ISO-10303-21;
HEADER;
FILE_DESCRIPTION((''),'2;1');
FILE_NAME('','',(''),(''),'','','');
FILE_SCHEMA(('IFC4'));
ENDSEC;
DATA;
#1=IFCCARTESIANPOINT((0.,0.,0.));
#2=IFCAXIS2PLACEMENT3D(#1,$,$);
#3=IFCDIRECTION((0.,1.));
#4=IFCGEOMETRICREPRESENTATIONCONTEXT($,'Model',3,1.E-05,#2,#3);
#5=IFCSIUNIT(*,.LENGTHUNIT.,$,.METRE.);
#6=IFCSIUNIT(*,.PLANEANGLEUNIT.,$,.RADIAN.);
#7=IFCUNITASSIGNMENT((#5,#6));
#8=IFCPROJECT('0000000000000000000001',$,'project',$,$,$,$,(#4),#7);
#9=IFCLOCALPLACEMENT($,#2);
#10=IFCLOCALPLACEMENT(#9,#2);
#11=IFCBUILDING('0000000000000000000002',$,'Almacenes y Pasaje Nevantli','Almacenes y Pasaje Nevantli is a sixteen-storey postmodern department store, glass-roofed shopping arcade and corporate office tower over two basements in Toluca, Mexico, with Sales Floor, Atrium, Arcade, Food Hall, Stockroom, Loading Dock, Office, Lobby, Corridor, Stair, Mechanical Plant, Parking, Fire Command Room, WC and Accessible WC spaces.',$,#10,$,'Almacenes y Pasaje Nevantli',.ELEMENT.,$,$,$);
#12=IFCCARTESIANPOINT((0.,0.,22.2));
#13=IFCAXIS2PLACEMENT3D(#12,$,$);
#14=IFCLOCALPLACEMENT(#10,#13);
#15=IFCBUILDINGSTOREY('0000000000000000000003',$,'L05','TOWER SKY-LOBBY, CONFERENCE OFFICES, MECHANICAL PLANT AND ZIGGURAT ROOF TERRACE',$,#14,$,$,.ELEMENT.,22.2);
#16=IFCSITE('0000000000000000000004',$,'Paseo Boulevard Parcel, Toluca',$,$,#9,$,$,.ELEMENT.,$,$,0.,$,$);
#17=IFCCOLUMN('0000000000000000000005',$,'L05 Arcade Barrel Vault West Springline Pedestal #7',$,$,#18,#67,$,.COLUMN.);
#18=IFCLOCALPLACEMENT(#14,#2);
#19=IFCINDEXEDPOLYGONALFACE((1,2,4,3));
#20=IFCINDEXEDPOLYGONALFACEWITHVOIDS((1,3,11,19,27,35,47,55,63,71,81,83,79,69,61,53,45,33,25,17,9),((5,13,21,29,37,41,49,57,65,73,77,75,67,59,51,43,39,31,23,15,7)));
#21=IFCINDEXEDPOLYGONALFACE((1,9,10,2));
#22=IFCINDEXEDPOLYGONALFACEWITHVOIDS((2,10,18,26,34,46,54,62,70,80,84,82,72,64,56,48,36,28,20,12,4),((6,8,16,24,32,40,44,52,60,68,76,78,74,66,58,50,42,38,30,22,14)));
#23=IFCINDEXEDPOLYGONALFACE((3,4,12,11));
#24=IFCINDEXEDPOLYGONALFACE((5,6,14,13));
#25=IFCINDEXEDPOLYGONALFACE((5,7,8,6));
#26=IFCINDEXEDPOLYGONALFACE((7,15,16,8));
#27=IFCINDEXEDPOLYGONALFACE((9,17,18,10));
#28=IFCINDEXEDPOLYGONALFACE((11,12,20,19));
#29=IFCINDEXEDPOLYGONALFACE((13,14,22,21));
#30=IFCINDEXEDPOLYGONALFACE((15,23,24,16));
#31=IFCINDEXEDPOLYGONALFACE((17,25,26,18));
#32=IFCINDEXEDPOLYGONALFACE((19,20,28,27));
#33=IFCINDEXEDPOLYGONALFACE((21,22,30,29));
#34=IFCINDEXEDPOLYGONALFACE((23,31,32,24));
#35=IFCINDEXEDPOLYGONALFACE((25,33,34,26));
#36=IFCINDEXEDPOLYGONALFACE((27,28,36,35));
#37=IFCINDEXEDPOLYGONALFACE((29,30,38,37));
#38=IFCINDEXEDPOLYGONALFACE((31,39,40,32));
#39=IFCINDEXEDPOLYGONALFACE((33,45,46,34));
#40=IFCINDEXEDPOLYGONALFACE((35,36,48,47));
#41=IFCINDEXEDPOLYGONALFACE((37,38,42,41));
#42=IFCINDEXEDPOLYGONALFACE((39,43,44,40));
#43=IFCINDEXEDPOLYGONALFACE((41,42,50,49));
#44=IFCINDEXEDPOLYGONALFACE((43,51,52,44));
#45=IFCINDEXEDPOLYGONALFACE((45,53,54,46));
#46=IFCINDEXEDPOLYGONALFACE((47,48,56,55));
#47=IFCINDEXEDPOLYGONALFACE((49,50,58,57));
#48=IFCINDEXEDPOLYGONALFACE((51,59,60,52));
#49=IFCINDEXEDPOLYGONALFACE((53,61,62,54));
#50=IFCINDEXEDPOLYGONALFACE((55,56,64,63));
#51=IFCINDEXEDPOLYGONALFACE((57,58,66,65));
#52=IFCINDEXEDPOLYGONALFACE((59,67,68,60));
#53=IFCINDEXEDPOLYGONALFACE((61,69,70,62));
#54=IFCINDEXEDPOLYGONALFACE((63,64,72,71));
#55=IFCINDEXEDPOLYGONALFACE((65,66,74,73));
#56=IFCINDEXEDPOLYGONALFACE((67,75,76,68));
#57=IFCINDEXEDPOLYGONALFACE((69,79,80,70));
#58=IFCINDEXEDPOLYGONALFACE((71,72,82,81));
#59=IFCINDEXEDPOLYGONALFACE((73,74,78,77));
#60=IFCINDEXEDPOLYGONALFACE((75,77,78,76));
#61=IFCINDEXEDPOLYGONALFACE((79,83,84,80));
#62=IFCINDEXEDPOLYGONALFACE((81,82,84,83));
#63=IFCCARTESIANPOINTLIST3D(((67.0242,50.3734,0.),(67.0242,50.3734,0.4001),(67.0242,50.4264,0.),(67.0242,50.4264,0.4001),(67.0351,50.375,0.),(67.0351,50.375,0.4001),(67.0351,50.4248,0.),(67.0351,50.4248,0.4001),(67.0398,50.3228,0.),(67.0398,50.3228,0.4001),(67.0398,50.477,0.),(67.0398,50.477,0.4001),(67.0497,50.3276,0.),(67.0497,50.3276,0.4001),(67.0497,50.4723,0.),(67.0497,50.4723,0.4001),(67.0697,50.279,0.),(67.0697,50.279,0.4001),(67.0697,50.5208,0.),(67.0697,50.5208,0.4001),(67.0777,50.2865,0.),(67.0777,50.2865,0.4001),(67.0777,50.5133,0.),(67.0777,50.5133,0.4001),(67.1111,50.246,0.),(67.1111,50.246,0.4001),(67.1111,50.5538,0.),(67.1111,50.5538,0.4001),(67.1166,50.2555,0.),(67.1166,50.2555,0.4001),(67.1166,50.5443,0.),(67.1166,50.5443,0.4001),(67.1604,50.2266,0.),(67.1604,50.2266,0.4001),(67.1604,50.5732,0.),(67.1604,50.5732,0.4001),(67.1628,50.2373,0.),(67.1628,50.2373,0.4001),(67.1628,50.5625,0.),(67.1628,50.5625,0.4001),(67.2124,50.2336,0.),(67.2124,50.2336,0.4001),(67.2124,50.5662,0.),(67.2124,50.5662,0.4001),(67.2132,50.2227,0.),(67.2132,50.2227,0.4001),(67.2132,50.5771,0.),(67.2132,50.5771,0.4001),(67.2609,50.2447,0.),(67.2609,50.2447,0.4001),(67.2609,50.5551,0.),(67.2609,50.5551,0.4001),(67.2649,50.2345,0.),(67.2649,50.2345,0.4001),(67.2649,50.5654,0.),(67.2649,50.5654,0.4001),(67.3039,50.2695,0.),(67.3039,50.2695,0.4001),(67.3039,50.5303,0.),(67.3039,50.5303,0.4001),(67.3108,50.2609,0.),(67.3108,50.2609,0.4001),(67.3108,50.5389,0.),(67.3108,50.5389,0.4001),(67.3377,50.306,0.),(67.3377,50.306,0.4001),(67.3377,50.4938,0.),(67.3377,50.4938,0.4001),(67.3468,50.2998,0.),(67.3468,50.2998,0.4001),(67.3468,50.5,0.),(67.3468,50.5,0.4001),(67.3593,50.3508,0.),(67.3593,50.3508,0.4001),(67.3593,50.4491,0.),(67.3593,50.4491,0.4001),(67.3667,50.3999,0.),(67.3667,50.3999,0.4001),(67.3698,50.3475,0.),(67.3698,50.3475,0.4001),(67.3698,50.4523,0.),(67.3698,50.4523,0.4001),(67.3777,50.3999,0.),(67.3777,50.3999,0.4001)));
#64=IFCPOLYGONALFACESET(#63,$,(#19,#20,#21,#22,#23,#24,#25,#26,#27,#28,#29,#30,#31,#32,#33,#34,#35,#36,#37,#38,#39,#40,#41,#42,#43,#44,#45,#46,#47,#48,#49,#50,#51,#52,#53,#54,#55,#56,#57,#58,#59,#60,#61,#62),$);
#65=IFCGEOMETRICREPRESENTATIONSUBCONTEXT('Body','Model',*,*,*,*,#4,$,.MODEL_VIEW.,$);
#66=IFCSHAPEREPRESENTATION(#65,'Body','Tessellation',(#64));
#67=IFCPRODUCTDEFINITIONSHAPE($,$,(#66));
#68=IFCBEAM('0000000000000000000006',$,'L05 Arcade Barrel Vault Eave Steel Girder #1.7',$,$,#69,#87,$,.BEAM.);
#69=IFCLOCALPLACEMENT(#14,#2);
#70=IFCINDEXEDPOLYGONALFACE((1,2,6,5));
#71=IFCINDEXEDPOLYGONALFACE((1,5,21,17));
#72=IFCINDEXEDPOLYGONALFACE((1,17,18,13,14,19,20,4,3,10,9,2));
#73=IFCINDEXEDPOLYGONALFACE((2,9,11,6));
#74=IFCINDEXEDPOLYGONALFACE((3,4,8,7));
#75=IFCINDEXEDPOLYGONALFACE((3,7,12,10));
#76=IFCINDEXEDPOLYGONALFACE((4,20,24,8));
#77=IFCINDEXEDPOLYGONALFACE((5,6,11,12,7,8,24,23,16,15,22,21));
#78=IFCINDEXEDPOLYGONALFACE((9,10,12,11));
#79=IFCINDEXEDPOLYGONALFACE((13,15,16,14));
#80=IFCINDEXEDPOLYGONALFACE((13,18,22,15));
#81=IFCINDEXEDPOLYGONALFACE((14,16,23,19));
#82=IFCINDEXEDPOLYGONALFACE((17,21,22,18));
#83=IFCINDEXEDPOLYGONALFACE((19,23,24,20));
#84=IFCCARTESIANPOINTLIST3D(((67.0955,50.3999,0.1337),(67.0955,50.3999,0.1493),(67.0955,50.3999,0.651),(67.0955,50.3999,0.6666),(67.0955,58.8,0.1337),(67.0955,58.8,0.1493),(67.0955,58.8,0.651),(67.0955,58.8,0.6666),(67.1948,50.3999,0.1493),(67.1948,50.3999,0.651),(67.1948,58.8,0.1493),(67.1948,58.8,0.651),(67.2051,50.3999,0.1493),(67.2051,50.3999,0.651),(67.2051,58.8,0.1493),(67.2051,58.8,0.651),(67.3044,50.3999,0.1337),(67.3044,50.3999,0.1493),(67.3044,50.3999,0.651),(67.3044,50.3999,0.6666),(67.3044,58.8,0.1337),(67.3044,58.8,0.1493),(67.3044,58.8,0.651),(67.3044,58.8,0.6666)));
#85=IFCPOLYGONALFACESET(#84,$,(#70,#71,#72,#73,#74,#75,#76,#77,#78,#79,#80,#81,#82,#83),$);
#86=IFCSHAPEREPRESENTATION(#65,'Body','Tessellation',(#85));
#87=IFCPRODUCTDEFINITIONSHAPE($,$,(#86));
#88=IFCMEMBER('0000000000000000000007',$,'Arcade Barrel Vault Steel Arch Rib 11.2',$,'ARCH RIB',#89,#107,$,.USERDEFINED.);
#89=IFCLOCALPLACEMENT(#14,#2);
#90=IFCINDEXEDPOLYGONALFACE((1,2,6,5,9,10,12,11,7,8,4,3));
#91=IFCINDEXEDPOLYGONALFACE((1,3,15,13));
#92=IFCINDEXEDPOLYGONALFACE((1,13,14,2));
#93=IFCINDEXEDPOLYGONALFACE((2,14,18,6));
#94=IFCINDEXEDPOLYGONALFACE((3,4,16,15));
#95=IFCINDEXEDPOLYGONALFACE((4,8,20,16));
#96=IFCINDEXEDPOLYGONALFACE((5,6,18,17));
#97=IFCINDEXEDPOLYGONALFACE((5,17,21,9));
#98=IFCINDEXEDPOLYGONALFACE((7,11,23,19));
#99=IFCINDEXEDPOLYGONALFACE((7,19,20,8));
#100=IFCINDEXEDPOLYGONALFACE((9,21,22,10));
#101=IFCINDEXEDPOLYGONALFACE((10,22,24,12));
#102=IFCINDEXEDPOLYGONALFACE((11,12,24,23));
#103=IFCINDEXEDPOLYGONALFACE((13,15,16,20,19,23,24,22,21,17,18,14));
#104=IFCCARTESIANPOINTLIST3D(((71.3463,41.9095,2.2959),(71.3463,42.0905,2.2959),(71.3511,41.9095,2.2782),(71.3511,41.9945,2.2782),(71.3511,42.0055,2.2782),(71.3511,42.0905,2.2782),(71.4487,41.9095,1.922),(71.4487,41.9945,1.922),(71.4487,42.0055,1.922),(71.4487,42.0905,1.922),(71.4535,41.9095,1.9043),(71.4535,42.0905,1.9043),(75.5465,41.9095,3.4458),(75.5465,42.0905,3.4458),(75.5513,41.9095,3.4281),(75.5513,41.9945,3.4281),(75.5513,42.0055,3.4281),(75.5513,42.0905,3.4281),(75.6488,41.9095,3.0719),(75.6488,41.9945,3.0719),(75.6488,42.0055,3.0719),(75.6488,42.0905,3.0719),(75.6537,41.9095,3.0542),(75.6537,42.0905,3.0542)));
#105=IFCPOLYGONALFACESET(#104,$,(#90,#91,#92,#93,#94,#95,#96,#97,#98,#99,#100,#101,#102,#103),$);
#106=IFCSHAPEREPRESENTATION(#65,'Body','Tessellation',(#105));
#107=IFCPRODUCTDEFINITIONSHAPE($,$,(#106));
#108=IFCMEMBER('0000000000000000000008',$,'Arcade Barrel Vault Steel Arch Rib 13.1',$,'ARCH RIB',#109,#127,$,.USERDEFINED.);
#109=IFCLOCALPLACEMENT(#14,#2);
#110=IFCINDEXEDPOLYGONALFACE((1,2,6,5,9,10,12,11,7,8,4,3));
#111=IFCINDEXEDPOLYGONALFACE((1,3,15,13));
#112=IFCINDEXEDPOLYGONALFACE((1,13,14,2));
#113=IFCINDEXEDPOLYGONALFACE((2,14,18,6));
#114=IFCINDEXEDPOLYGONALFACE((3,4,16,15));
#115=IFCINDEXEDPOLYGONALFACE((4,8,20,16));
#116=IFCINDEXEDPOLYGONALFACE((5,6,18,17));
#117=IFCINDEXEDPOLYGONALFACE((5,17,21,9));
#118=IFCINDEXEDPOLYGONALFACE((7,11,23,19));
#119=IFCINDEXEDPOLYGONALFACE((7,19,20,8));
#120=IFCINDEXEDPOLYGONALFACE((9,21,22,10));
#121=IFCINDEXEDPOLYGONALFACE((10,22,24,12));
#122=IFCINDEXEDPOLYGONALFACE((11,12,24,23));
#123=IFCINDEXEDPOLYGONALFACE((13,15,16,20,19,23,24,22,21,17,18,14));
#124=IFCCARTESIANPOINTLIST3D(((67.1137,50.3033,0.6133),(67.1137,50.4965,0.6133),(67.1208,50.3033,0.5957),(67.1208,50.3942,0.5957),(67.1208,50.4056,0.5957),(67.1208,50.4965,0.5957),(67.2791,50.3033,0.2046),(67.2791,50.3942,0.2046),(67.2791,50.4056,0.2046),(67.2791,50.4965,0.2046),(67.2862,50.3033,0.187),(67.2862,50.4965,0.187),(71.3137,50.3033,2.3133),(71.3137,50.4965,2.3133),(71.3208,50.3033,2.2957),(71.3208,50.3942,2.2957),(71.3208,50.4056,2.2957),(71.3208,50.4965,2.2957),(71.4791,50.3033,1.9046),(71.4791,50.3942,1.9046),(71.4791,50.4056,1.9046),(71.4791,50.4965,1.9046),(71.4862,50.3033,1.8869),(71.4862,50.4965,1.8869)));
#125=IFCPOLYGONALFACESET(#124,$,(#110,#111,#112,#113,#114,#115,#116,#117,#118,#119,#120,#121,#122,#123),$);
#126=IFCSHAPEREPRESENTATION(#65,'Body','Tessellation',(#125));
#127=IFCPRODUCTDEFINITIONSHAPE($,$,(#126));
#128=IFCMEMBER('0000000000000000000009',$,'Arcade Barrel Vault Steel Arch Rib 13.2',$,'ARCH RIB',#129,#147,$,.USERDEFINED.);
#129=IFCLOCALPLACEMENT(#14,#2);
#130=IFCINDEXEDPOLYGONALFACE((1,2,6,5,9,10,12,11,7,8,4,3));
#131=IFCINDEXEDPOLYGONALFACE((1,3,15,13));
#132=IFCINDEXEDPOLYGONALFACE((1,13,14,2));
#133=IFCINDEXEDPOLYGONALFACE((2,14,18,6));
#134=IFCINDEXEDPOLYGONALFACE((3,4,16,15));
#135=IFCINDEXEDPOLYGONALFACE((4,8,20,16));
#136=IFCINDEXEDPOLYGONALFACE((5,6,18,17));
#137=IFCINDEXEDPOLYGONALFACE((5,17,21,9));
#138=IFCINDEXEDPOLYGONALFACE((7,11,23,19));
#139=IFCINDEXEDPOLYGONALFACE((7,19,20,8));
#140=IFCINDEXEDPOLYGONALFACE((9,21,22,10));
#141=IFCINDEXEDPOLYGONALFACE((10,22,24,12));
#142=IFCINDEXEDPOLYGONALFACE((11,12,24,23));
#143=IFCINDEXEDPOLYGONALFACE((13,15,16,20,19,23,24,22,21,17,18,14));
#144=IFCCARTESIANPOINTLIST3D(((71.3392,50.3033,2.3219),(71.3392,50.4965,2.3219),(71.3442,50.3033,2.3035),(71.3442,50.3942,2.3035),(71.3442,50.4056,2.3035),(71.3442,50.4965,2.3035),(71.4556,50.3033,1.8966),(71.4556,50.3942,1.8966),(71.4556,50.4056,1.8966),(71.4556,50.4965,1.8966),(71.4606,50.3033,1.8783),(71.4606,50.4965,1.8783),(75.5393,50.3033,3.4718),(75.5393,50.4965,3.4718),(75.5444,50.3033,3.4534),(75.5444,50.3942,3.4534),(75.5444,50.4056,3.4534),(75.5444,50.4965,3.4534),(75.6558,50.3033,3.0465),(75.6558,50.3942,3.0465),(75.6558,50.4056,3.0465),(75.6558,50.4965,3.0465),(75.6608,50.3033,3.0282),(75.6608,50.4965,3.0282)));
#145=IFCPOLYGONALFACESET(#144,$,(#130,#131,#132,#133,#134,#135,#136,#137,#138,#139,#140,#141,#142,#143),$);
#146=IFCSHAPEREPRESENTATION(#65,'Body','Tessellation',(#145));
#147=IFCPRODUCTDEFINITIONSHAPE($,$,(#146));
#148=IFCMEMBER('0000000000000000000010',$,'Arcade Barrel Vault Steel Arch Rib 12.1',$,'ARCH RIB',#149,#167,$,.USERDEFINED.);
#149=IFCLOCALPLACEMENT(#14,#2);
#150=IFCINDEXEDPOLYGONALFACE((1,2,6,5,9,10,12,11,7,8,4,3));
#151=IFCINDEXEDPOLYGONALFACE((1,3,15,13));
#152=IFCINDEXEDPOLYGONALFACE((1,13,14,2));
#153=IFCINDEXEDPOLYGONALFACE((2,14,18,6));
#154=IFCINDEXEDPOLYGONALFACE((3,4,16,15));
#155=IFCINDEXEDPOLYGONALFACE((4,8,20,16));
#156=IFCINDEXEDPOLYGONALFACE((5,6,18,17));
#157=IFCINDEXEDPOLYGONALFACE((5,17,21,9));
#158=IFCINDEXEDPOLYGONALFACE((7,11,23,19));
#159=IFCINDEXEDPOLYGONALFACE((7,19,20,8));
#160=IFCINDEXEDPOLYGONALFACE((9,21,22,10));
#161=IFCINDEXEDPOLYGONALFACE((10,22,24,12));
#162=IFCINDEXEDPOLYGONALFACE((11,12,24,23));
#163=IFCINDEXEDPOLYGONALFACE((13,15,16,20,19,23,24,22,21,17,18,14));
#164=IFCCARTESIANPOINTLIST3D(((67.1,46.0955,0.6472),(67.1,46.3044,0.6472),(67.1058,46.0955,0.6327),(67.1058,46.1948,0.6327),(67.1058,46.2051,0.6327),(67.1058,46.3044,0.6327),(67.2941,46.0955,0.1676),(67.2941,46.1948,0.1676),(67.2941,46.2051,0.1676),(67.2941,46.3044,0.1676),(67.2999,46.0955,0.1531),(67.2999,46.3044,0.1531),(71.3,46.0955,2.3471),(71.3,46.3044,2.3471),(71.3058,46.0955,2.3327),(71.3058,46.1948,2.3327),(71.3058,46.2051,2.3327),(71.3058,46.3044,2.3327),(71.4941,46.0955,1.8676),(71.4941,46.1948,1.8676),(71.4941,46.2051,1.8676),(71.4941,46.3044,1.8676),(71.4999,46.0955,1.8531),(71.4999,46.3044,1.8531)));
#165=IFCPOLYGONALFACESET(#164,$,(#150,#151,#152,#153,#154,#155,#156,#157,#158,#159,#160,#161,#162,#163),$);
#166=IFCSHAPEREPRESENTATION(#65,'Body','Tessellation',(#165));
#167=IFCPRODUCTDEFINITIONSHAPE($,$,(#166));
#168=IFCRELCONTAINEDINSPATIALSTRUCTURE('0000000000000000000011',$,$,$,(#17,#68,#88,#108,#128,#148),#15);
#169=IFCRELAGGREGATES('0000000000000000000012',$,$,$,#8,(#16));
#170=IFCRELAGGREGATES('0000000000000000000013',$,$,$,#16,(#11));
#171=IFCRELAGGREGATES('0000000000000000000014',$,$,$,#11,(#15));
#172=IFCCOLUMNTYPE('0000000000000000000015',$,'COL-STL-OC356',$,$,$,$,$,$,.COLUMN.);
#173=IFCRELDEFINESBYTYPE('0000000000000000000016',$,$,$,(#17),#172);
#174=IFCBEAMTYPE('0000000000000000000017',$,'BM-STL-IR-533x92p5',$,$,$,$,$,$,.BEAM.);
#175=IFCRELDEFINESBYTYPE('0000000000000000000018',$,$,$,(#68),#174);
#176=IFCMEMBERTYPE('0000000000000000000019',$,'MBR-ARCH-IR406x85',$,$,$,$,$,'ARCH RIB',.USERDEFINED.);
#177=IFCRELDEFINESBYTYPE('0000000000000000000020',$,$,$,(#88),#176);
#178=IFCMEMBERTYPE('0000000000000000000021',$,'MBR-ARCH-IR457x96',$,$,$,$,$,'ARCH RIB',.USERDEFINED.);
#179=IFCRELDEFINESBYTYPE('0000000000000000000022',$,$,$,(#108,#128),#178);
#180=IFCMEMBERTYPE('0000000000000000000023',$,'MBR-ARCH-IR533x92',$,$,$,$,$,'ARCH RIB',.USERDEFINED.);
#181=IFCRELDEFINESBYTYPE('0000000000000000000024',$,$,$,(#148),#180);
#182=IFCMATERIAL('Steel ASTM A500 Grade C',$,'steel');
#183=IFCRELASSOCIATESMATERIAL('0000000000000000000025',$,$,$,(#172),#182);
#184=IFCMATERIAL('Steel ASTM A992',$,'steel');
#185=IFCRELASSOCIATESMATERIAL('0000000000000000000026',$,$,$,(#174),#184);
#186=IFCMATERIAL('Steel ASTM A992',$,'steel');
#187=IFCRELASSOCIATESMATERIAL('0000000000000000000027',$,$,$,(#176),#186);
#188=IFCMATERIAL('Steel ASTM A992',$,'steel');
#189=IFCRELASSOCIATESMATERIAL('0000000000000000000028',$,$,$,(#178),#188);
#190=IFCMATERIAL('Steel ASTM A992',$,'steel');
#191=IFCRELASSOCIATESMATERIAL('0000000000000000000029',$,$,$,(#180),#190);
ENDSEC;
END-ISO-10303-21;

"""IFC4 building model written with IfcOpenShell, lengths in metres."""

from ifc_helpers import new_model, si_unit, direction, frame, origin, origin_2d, place, context, subcontext, project, spatial, hollow_circle, i_section, extrude, material, material_profile, profile_set, type_object, element, save


model = new_model("IFC4")

# Units and contexts
model_context = context("Model", 3, precision=1e-05, world=origin(), true_north=direction((0.0, 1.0)))
body_context = subcontext(model_context, "Body", "Model", "MODEL_VIEW")
ifc_project = project(units=[si_unit("LENGTHUNIT", "METRE"), si_unit("PLANEANGLEUNIT", "RADIAN")], contexts=[model_context])

# Site, building, storey
site_placement = place(None, origin())
site = spatial("IfcSite", under=ifc_project, at=site_placement, Name="Paseo Boulevard Parcel, Toluca", CompositionType="ELEMENT", RefElevation=0.0)
building_placement = place(site_placement, origin())
building = spatial("IfcBuilding", under=site, at=building_placement, Name="Almacenes y Pasaje Nevantli", Description="Almacenes y Pasaje Nevantli is a sixteen-storey postmodern department store, glass-roofed shopping arcade and corporate office tower over two basements in Toluca, Mexico, with Sales Floor, Atrium, Arcade, Food Hall, Stockroom, Loading Dock, Office, Lobby, Corridor, Stair, Mechanical Plant, Parking, Fire Command Room, WC and Accessible WC spaces.", LongName="Almacenes y Pasaje Nevantli", CompositionType="ELEMENT")
storey_placement = place(building_placement, frame((0.0, 0.0, 22.2)))
storey = spatial("IfcBuildingStorey", under=building, at=storey_placement, Name="L05", Description="TOWER SKY-LOBBY, CONFERENCE OFFICES, MECHANICAL PLANT AND ZIGGURAT ROOF TERRACE", CompositionType="ELEMENT", Elevation=22.2)

# Column
ifc_material_1 = material(Name="Steel ASTM A500 Grade C", Category="steel")
ifc_material_profile_1 = material_profile(ifc_material_1, hollow_circle(Radius=0.1777, WallThickness=0.011, at=origin_2d()), Name="OC 356x11.1")
ifc_profile_set_1 = profile_set([ifc_material_profile_1], Name="Steel ASTM A500 Grade C")
column_type = type_object("IfcColumnType", Name="COL-STL-OC356", PredefinedType="COLUMN", material=ifc_profile_set_1)
column_placement = place(storey_placement, frame((67.2, 50.3999, 0.0), z_axis=(0.0, 0.0, 1.0), x_axis=(1.0, 0.0, 0.0)))
element("IfcColumn", 1, at=column_placement, inside=storey, type_object=column_type, Name="L05 Arcade Barrel Vault West Springline Pedestal #7", PredefinedType="COLUMN", context=body_context, shape_type="SweptSolid", body=[
    extrude(hollow_circle(Radius=0.1777, WallThickness=0.011, at=origin_2d()), origin(), (0.0, 0.0, 1.0), 0.4001),
])

# Beam
ifc_material_2 = material(Name="Steel ASTM A992", Category="steel")
ifc_material_profile_2 = material_profile(ifc_material_2, i_section(OverallWidth=0.209, OverallDepth=0.533, WebThickness=0.0103, FlangeThickness=0.0156, at=origin_2d()), Name="IR 533x92.5")
ifc_profile_set_2 = profile_set([ifc_material_profile_2], Name="Steel ASTM A992")
beam_type = type_object("IfcBeamType", Name="BM-STL-IR-533x92p5", PredefinedType="BEAM", material=ifc_profile_set_2)
beam_placement = place(storey_placement, frame((67.2, 50.3999, 0.4001), z_axis=(0.0, 1.0, 0.0), x_axis=(-1.0, 0.0, 0.0)))
element("IfcBeam", 2, at=beam_placement, inside=storey, type_object=beam_type, Name="L05 Arcade Barrel Vault Eave Steel Girder #1.7", PredefinedType="BEAM", context=body_context, shape_type="SweptSolid", body=[
    extrude(i_section(OverallWidth=0.209, OverallDepth=0.533, WebThickness=0.0103, FlangeThickness=0.0156, at=origin_2d()), origin(), (0.0, 0.0, 1.0), 8.4001),
])

# Members
ifc_material_3 = material(Name="Steel ASTM A992", Category="steel")
ifc_material_profile_3 = material_profile(ifc_material_3, i_section(OverallWidth=0.1809, OverallDepth=0.406, WebThickness=0.011, FlangeThickness=0.0183, at=origin_2d()), Name="IR 406x85.0")
ifc_profile_set_3 = profile_set([ifc_material_profile_3], Name="Steel ASTM A992")
member_type_1 = type_object("IfcMemberType", Name="MBR-ARCH-IR406x85", ElementType="ARCH RIB", PredefinedType="USERDEFINED", material=ifc_profile_set_3)
member_1_placement = place(storey_placement, frame((71.3999, 42.0, 2.1001), z_axis=(0.964507, 0.0, 0.264057), x_axis=(0.0, 1.0, 0.0)))
element("IfcMember", 3, at=member_1_placement, inside=storey, type_object=member_type_1, Name="Arcade Barrel Vault Steel Arch Rib 11.2", ObjectType="ARCH RIB", PredefinedType="USERDEFINED", context=body_context, shape_type="SweptSolid", body=[
    extrude(i_section(OverallWidth=0.1809, OverallDepth=0.406, WebThickness=0.011, FlangeThickness=0.0183, at=origin_2d()), origin(), (0.0, 0.0, 1.0), 4.3547),
])
ifc_material_4 = material(Name="Steel ASTM A992", Category="steel")
ifc_material_profile_4 = material_profile(ifc_material_4, i_section(OverallWidth=0.1931, OverallDepth=0.46, WebThickness=0.0115, FlangeThickness=0.019, at=origin_2d()), Name="IR 457x96.7")
ifc_profile_set_4 = profile_set([ifc_material_profile_4], Name="Steel ASTM A992")
member_type_2 = type_object("IfcMemberType", Name="MBR-ARCH-IR457x96", ElementType="ARCH RIB", PredefinedType="USERDEFINED", material=ifc_profile_set_4)
member_2_placement = place(storey_placement, frame((67.2, 50.3999, 0.4001), z_axis=(0.926949, 0.0, 0.375187), x_axis=(0.0, 1.0, 0.0)))
element("IfcMember", 4, at=member_2_placement, inside=storey, type_object=member_type_2, Name="Arcade Barrel Vault Steel Arch Rib 13.1", ObjectType="ARCH RIB", PredefinedType="USERDEFINED", context=body_context, shape_type="SweptSolid", body=[
    extrude(i_section(OverallWidth=0.1931, OverallDepth=0.46, WebThickness=0.0115, FlangeThickness=0.019, at=origin_2d()), origin(), (0.0, 0.0, 1.0), 4.531),
])
member_3_placement = place(storey_placement, frame((71.3999, 50.3999, 2.1001), z_axis=(0.964507, 0.0, 0.264057), x_axis=(0.0, 1.0, 0.0)))
element("IfcMember", 5, at=member_3_placement, inside=storey, type_object=member_type_2, Name="Arcade Barrel Vault Steel Arch Rib 13.2", ObjectType="ARCH RIB", PredefinedType="USERDEFINED", context=body_context, shape_type="SweptSolid", body=[
    extrude(i_section(OverallWidth=0.1931, OverallDepth=0.46, WebThickness=0.0115, FlangeThickness=0.019, at=origin_2d()), origin(), (0.0, 0.0, 1.0), 4.3547),
])
ifc_material_5 = material(Name="Steel ASTM A992", Category="steel")
ifc_material_profile_5 = material_profile(ifc_material_5, i_section(OverallWidth=0.209, OverallDepth=0.533, WebThickness=0.0103, FlangeThickness=0.0156, at=origin_2d()), Name="IR 533x92.5")
ifc_profile_set_5 = profile_set([ifc_material_profile_5], Name="Steel ASTM A992")
member_type_3 = type_object("IfcMemberType", Name="MBR-ARCH-IR533x92", ElementType="ARCH RIB", PredefinedType="USERDEFINED", material=ifc_profile_set_5)
member_4_placement = place(storey_placement, frame((67.2, 46.2, 0.4001), z_axis=(0.926949, 0.0, 0.375187), x_axis=(0.0, 1.0, 0.0)))
element("IfcMember", 6, at=member_4_placement, inside=storey, type_object=member_type_3, Name="Arcade Barrel Vault Steel Arch Rib 12.1", ObjectType="ARCH RIB", PredefinedType="USERDEFINED", context=body_context, shape_type="SweptSolid", body=[
    extrude(i_section(OverallWidth=0.209, OverallDepth=0.533, WebThickness=0.0103, FlangeThickness=0.0156, at=origin_2d()), origin(), (0.0, 0.0, 1.0), 4.531),
])

save(model, "model.ifc")
